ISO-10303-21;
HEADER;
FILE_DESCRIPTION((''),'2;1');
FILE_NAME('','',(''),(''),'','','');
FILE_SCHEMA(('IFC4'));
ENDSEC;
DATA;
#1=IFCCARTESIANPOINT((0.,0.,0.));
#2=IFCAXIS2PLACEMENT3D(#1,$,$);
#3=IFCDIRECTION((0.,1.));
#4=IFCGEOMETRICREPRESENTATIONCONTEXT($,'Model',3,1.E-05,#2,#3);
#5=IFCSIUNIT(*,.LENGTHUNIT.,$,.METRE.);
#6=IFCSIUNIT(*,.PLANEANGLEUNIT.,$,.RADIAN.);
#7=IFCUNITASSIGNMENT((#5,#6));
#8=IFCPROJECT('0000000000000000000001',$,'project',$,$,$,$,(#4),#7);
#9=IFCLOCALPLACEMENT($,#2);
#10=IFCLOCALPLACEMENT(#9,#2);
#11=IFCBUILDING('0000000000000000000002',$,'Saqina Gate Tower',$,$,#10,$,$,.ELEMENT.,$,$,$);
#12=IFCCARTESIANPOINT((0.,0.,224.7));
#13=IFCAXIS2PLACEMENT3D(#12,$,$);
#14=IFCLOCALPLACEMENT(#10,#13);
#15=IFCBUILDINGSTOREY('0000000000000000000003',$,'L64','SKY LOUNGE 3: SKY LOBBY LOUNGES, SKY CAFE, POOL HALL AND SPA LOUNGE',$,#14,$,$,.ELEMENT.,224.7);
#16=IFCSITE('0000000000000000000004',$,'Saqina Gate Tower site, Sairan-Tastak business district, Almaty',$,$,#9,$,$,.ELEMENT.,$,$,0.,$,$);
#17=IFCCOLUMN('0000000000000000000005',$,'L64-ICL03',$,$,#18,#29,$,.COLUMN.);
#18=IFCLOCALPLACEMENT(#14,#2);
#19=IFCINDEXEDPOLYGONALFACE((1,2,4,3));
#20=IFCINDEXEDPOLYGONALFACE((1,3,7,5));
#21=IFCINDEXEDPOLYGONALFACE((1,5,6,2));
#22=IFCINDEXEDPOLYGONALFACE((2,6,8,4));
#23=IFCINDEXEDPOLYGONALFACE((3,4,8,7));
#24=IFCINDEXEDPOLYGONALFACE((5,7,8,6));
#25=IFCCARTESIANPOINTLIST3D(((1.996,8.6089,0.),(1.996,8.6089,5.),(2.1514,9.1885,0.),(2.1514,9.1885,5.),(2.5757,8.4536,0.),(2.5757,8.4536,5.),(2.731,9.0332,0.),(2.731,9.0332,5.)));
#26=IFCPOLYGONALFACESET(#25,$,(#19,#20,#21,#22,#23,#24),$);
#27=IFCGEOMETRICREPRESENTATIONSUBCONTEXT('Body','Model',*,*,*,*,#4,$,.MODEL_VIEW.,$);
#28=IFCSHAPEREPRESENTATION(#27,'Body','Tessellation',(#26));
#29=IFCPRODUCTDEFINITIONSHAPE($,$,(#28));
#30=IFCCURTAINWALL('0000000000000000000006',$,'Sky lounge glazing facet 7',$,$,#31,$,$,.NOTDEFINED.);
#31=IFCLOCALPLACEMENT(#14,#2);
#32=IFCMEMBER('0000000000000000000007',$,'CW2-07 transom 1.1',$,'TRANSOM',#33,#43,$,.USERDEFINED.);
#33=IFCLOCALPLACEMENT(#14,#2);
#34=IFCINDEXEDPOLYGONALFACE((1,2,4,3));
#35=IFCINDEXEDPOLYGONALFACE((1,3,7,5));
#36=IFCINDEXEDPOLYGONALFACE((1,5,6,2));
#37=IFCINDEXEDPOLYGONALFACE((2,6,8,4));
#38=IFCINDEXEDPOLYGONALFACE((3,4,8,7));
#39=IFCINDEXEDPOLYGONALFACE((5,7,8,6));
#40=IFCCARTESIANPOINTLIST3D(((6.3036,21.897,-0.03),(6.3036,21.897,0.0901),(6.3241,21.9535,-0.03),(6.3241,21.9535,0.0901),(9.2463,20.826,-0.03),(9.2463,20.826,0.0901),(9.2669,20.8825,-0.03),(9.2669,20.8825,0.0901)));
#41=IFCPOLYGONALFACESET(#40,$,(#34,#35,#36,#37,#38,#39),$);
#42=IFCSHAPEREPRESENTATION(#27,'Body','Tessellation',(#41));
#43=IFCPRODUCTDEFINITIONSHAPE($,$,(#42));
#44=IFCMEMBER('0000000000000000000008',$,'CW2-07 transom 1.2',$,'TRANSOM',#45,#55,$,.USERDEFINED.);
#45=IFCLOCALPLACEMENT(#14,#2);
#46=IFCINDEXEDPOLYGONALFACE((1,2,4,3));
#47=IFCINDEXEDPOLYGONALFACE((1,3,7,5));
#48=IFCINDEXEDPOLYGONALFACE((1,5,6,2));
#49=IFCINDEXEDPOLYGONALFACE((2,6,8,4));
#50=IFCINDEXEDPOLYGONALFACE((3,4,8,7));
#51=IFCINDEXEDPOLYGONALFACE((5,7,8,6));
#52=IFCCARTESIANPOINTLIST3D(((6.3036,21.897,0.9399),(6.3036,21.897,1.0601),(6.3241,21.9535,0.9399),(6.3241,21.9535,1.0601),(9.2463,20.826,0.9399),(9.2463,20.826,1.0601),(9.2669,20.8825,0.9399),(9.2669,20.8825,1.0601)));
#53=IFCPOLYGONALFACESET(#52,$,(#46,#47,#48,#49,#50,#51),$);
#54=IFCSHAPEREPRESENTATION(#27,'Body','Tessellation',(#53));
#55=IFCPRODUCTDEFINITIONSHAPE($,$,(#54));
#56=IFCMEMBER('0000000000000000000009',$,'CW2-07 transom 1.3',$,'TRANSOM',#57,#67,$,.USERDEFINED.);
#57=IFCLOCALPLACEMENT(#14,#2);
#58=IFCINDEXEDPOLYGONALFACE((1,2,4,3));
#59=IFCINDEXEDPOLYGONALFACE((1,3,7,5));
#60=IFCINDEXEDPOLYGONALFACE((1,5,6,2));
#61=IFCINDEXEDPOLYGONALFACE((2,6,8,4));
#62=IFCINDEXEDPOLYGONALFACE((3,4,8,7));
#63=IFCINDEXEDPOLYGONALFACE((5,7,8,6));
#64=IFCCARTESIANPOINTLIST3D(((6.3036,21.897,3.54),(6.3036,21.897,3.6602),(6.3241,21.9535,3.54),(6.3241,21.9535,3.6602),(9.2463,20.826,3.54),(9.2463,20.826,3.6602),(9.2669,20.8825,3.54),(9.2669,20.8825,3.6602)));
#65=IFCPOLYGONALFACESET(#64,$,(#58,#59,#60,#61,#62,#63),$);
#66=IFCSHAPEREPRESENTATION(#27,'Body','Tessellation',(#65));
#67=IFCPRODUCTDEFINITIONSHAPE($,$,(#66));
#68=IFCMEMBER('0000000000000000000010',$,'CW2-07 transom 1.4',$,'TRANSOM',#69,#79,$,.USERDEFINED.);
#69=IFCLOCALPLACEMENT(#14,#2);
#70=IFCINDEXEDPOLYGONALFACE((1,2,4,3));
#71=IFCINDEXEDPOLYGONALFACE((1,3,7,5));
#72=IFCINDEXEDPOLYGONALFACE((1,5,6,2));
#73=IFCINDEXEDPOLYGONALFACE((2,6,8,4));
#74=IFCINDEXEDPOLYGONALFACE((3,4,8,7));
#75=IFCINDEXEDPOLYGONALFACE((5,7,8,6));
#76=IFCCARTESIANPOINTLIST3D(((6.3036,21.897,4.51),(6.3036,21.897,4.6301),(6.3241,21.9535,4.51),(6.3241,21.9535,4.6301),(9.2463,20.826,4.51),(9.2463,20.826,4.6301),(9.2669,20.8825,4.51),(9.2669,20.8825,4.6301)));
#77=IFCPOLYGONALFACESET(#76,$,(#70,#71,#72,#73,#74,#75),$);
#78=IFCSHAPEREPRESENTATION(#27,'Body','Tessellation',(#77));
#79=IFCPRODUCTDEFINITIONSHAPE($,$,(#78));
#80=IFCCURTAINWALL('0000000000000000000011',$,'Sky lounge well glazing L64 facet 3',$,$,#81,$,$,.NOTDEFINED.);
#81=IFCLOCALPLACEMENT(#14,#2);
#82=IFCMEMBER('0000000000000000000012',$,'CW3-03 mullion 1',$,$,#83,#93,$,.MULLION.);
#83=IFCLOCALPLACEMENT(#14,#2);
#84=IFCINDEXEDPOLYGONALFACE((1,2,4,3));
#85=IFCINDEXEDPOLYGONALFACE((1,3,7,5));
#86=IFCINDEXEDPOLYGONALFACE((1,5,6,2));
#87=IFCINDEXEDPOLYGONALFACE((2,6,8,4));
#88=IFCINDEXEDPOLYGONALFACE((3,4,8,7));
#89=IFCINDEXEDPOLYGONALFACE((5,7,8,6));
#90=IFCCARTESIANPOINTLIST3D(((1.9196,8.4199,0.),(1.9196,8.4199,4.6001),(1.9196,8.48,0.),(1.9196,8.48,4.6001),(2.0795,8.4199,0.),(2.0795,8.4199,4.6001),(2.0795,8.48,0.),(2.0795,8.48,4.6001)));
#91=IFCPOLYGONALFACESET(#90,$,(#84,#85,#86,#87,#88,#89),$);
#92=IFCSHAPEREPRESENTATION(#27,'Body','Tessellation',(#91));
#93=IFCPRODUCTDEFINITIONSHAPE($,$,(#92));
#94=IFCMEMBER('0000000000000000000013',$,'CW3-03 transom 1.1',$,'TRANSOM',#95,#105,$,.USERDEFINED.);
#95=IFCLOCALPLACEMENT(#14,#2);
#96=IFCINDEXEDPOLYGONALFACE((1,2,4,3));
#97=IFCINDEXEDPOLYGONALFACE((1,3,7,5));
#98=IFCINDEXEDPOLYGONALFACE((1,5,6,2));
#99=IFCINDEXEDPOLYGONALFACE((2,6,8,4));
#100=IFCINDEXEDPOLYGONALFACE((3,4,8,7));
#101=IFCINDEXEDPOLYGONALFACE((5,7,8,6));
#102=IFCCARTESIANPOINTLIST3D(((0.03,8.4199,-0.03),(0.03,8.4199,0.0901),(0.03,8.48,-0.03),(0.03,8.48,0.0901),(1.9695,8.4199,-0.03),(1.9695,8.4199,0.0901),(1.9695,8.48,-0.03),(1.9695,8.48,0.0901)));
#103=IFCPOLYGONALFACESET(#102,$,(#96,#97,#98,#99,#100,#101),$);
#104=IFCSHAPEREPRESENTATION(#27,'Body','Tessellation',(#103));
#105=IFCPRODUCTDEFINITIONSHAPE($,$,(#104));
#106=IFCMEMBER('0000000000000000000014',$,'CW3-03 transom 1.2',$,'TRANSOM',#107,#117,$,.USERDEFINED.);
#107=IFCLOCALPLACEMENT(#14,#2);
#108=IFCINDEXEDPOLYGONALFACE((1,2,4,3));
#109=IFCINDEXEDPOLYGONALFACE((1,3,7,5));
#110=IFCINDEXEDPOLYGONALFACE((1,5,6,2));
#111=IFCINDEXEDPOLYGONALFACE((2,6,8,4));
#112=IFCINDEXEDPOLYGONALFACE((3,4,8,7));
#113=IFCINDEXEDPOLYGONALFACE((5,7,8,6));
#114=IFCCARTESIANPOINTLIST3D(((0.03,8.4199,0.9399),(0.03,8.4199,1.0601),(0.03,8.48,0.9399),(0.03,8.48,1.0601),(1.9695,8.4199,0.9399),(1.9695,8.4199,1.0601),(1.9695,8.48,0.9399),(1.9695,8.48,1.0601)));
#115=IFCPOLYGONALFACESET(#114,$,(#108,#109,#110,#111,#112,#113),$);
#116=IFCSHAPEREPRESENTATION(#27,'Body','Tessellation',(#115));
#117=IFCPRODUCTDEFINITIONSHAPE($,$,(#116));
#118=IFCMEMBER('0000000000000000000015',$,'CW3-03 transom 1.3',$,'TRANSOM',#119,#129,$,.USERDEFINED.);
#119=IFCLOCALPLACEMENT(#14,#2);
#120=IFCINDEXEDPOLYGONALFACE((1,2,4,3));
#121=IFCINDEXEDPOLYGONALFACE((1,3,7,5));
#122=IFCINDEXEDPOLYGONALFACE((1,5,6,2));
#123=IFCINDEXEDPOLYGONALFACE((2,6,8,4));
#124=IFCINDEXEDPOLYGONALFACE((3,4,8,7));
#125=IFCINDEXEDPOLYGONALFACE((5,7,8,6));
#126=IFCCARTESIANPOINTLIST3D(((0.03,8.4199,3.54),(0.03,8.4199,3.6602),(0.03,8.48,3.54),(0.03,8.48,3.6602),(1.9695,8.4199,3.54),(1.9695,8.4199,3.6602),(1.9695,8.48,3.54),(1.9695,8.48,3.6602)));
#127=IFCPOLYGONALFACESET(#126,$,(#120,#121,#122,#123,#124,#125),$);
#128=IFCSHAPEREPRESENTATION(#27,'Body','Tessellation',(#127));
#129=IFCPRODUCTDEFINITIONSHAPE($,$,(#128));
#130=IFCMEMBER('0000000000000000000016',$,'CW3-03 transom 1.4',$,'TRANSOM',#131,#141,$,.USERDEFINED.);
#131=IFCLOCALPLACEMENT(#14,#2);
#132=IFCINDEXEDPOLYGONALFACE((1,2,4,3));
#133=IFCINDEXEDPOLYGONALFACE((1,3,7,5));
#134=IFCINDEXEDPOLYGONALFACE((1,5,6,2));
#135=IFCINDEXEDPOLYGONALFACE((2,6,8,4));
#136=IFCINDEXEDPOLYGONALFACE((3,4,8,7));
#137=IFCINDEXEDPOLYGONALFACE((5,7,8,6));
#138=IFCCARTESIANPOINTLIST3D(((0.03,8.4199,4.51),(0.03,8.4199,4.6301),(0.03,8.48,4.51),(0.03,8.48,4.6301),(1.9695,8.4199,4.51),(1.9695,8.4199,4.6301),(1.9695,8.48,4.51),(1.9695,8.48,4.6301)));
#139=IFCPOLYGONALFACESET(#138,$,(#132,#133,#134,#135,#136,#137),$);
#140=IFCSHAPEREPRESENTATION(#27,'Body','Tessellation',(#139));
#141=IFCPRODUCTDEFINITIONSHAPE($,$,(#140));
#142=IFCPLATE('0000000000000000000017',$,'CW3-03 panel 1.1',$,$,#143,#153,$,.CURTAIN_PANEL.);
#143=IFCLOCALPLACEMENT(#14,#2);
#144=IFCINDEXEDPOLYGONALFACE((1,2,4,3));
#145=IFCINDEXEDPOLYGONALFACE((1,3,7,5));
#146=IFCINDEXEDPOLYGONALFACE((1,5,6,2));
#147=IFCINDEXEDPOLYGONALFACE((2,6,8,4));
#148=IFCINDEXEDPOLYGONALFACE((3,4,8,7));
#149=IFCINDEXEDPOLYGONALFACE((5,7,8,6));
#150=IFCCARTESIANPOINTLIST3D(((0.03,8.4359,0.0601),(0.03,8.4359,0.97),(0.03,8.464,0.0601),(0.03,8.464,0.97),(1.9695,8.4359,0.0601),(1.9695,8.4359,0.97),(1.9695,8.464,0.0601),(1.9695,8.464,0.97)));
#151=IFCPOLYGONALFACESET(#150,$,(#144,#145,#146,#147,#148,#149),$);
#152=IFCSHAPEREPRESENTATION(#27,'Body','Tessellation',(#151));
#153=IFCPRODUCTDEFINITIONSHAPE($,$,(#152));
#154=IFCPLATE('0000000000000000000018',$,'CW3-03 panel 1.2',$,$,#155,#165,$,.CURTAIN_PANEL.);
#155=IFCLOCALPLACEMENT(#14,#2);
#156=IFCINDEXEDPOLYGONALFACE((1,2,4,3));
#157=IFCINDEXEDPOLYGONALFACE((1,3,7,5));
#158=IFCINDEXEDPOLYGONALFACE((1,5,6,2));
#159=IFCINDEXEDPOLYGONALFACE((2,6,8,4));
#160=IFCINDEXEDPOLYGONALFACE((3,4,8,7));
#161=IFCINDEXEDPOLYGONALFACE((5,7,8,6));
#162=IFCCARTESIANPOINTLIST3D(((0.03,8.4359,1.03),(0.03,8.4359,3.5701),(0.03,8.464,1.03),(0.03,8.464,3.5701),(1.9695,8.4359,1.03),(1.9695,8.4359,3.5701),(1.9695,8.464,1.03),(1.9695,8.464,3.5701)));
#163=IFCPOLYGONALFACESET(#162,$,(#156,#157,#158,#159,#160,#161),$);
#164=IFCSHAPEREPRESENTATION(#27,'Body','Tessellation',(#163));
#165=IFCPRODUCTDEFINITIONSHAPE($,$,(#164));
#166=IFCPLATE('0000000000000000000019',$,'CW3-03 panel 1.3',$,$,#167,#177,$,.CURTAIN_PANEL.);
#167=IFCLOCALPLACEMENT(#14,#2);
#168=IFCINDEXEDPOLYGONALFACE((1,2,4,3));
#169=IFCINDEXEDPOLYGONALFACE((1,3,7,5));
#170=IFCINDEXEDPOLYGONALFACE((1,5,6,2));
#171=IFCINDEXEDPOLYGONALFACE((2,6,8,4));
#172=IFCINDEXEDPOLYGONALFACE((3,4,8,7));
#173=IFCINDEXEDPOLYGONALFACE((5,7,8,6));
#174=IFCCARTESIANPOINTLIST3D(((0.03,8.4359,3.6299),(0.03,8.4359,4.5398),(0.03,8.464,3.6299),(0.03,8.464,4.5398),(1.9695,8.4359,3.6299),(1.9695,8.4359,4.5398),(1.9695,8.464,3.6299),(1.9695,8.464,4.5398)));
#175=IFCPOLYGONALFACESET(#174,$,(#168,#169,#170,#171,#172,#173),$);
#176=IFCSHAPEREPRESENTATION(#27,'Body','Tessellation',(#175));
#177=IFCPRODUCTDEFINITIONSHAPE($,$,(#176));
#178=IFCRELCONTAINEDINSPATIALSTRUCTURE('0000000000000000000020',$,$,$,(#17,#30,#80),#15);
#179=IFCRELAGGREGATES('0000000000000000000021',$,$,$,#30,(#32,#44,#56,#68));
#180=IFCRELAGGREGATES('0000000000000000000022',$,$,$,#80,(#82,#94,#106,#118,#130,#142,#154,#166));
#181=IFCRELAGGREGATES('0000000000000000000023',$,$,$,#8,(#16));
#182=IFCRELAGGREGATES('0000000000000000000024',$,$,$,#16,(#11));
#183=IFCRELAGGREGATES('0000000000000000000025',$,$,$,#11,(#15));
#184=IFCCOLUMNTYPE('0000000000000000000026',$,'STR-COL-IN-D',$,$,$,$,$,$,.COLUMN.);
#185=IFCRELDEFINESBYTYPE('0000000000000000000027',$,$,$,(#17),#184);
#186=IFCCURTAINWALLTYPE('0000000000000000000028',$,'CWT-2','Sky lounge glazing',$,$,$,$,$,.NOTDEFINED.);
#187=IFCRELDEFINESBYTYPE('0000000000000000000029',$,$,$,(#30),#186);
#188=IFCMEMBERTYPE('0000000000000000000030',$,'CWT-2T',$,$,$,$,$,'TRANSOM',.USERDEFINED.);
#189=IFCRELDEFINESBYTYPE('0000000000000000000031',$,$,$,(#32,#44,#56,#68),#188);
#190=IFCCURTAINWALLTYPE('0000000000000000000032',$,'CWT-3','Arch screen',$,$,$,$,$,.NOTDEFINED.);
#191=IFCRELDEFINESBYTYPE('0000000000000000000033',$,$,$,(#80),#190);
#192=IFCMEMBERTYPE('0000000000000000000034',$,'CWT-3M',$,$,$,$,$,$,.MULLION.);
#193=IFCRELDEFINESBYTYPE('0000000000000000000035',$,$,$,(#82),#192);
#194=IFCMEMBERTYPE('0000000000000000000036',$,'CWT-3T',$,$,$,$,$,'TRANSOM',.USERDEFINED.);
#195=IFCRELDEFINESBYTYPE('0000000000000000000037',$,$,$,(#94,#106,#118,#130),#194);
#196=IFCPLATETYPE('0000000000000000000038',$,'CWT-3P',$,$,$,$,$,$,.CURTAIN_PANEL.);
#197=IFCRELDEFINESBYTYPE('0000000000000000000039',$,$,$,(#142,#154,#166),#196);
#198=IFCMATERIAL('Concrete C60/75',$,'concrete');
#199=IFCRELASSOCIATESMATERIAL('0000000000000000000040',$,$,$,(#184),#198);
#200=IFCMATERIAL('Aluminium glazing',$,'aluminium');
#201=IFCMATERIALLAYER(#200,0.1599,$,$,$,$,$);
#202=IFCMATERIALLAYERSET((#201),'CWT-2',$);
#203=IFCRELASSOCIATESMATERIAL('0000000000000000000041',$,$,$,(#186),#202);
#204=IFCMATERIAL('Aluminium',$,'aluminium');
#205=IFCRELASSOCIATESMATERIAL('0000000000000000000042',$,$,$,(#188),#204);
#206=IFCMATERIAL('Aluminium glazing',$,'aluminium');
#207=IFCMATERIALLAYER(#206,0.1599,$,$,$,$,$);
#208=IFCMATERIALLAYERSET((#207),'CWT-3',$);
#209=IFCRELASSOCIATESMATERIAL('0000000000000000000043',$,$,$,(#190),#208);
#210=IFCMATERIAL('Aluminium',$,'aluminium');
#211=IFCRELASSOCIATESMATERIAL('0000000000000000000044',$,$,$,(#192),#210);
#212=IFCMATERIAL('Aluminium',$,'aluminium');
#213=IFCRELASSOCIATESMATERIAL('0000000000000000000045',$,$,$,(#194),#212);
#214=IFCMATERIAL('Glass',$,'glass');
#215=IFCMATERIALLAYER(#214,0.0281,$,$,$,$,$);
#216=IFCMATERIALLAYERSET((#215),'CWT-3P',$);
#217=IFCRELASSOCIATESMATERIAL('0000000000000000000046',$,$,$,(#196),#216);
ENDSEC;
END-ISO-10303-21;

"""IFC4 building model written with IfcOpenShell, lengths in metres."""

from ifc_helpers import new_model, si_unit, direction, frame, origin, origin_2d, place, context, subcontext, project, spatial, rectangle, extrude, material, layer, layer_set, material_profile, profile_set, type_object, element, aggregate, save


model = new_model("IFC4")

# Units and contexts
model_context = context("Model", 3, precision=1e-05, world=origin(), true_north=direction((0.0, 1.0)))
body_context = subcontext(model_context, "Body", "Model", "MODEL_VIEW")
ifc_project = project(units=[si_unit("LENGTHUNIT", "METRE"), si_unit("PLANEANGLEUNIT", "RADIAN")], contexts=[model_context])

# Site, building, storey
site_placement = place(None, origin())
site = spatial("IfcSite", under=ifc_project, at=site_placement, Name="Saqina Gate Tower site, Sairan-Tastak business district, Almaty", CompositionType="ELEMENT", RefElevation=0.0)
building_placement = place(site_placement, origin())
building = spatial("IfcBuilding", under=site, at=building_placement, Name="Saqina Gate Tower", CompositionType="ELEMENT")
storey_placement = place(building_placement, frame((0.0, 0.0, 224.7)))
storey = spatial("IfcBuildingStorey", under=building, at=storey_placement, Name="L64", Description="SKY LOUNGE 3: SKY LOBBY LOUNGES, SKY CAFE, POOL HALL AND SPA LOUNGE", CompositionType="ELEMENT", Elevation=224.7)

# Column
ifc_material_1 = material(Name="Concrete C60/75", Category="concrete")
ifc_material_profile_1 = material_profile(ifc_material_1, rectangle(XDim=0.6001, YDim=0.6001, at=origin_2d()), Name="RC 600x600")
ifc_profile_set_1 = profile_set([ifc_material_profile_1], Name="Concrete C60/75")
column_type = type_object("IfcColumnType", Name="STR-COL-IN-D", PredefinedType="COLUMN", material=ifc_profile_set_1)
column_placement = place(storey_placement, frame((2.3635, 8.821, 0.0), z_axis=(0.0, 0.0, 1.0), x_axis=(0.258819, 0.965926, 0.0)))
element("IfcColumn", 1, at=column_placement, inside=storey, type_object=column_type, Name="L64-ICL03", PredefinedType="COLUMN", context=body_context, shape_type="SweptSolid", body=[
    extrude(rectangle(XDim=0.6001, YDim=0.6001, at=origin_2d()), origin(), (0.0, 0.0, 1.0), 5.0),
])

# Curtain wall, members
ifc_material_2 = material(Name="Aluminium glazing", Category="aluminium")
ifc_layer_1 = layer(ifc_material_2, 0.1599)
ifc_layer_set_1 = layer_set([ifc_layer_1], Name="CWT-2")
curtain_wall_type_1 = type_object("IfcCurtainWallType", Name="CWT-2", Description="Sky lounge glazing", PredefinedType="NOTDEFINED", material=ifc_layer_set_1)
curtain_wall_1_placement = place(storey_placement, origin())
curtain_wall_1 = element("IfcCurtainWall", 2, at=curtain_wall_1_placement, inside=storey, type_object=curtain_wall_type_1, Name="Sky lounge glazing facet 7", PredefinedType="NOTDEFINED")
ifc_material_3 = material(Name="Aluminium", Category="aluminium")
ifc_material_profile_2 = material_profile(ifc_material_3, rectangle(XDim=0.0601, YDim=0.1201, at=origin_2d()), Name="Aluminium 60x120")
ifc_profile_set_2 = profile_set([ifc_material_profile_2], Name="Aluminium")
member_type_1 = type_object("IfcMemberType", Name="CWT-2T", ElementType="TRANSOM", PredefinedType="USERDEFINED", material=ifc_profile_set_2)
member_1_placement = place(storey_placement, frame((9.2566, 20.8542, 0.03), z_axis=(-0.9397, 0.342, 0.0), x_axis=(-0.342, -0.9397, 0.0)))
member_1 = element("IfcMember", 3, at=member_1_placement, type_object=member_type_1, Name="CW2-07 transom 1.1", ObjectType="TRANSOM", PredefinedType="USERDEFINED", context=body_context, shape_type="SweptSolid", body=[
    extrude(rectangle(XDim=0.0601, YDim=0.1201, at=origin_2d()), origin(), (0.0, 0.0, 1.0), 3.1316),
])
member_2_placement = place(storey_placement, frame((9.2566, 20.8542, 1.0), z_axis=(-0.9397, 0.342, 0.0), x_axis=(-0.342, -0.9397, 0.0)))
member_2 = element("IfcMember", 4, at=member_2_placement, type_object=member_type_1, Name="CW2-07 transom 1.2", ObjectType="TRANSOM", PredefinedType="USERDEFINED", context=body_context, shape_type="SweptSolid", body=[
    extrude(rectangle(XDim=0.0601, YDim=0.1201, at=origin_2d()), origin(), (0.0, 0.0, 1.0), 3.1316),
])
member_3_placement = place(storey_placement, frame((9.2566, 20.8542, 3.6001), z_axis=(-0.9397, 0.342, 0.0), x_axis=(-0.342, -0.9397, 0.0)))
member_3 = element("IfcMember", 5, at=member_3_placement, type_object=member_type_1, Name="CW2-07 transom 1.3", ObjectType="TRANSOM", PredefinedType="USERDEFINED", context=body_context, shape_type="SweptSolid", body=[
    extrude(rectangle(XDim=0.0601, YDim=0.1201, at=origin_2d()), origin(), (0.0, 0.0, 1.0), 3.1316),
])
member_4_placement = place(storey_placement, frame((9.2566, 20.8542, 4.5701), z_axis=(-0.9397, 0.342, 0.0), x_axis=(-0.342, -0.9397, 0.0)))
member_4 = element("IfcMember", 6, at=member_4_placement, type_object=member_type_1, Name="CW2-07 transom 1.4", ObjectType="TRANSOM", PredefinedType="USERDEFINED", context=body_context, shape_type="SweptSolid", body=[
    extrude(rectangle(XDim=0.0601, YDim=0.1201, at=origin_2d()), origin(), (0.0, 0.0, 1.0), 3.1316),
])
aggregate(curtain_wall_1, [member_1, member_2, member_3, member_4])

# Curtain wall, members, plates
ifc_material_4 = material(Name="Aluminium glazing", Category="aluminium")
ifc_layer_2 = layer(ifc_material_4, 0.1599)
ifc_layer_set_2 = layer_set([ifc_layer_2], Name="CWT-3")
curtain_wall_type_2 = type_object("IfcCurtainWallType", Name="CWT-3", Description="Arch screen", PredefinedType="NOTDEFINED", material=ifc_layer_set_2)
curtain_wall_2_placement = place(storey_placement, origin())
curtain_wall_2 = element("IfcCurtainWall", 7, at=curtain_wall_2_placement, inside=storey, type_object=curtain_wall_type_2, Name="Sky lounge well glazing L64 facet 3", PredefinedType="NOTDEFINED")
ifc_material_5 = material(Name="Aluminium", Category="aluminium")
ifc_material_profile_3 = material_profile(ifc_material_5, rectangle(XDim=0.0601, YDim=0.1599, at=origin_2d()), Name="Aluminium 60x160")
ifc_profile_set_3 = profile_set([ifc_material_profile_3], Name="Aluminium")
member_type_2 = type_object("IfcMemberType", Name="CWT-3M", PredefinedType="MULLION", material=ifc_profile_set_3)
member_5_placement = place(storey_placement, frame((1.9995, 8.45, 0.0), z_axis=(0.0, 0.0, 1.0), x_axis=(0.0, -1.0, 0.0)))
member_5 = element("IfcMember", 8, at=member_5_placement, type_object=member_type_2, Name="CW3-03 mullion 1", PredefinedType="MULLION", context=body_context, shape_type="SweptSolid", body=[
    extrude(rectangle(XDim=0.0601, YDim=0.1599, at=origin_2d()), origin(), (0.0, 0.0, 1.0), 4.6001),
])
ifc_material_6 = material(Name="Aluminium", Category="aluminium")
ifc_material_profile_4 = material_profile(ifc_material_6, rectangle(XDim=0.0601, YDim=0.1201, at=origin_2d()), Name="Aluminium 60x120")
ifc_profile_set_4 = profile_set([ifc_material_profile_4], Name="Aluminium")
member_type_3 = type_object("IfcMemberType", Name="CWT-3T", ElementType="TRANSOM", PredefinedType="USERDEFINED", material=ifc_profile_set_4)
member_6_placement = place(storey_placement, frame((1.9695, 8.45, 0.03), z_axis=(-1.0, 0.0, 0.0), x_axis=(0.0, -1.0, 0.0)))
member_6 = element("IfcMember", 9, at=member_6_placement, type_object=member_type_3, Name="CW3-03 transom 1.1", ObjectType="TRANSOM", PredefinedType="USERDEFINED", context=body_context, shape_type="SweptSolid", body=[
    extrude(rectangle(XDim=0.0601, YDim=0.1201, at=origin_2d()), origin(), (0.0, 0.0, 1.0), 1.9395),
])
member_7_placement = place(storey_placement, frame((1.9695, 8.45, 1.0), z_axis=(-1.0, 0.0, 0.0), x_axis=(0.0, -1.0, 0.0)))
member_7 = element("IfcMember", 10, at=member_7_placement, type_object=member_type_3, Name="CW3-03 transom 1.2", ObjectType="TRANSOM", PredefinedType="USERDEFINED", context=body_context, shape_type="SweptSolid", body=[
    extrude(rectangle(XDim=0.0601, YDim=0.1201, at=origin_2d()), origin(), (0.0, 0.0, 1.0), 1.9395),
])
member_8_placement = place(storey_placement, frame((1.9695, 8.45, 3.6001), z_axis=(-1.0, 0.0, 0.0), x_axis=(0.0, -1.0, 0.0)))
member_8 = element("IfcMember", 11, at=member_8_placement, type_object=member_type_3, Name="CW3-03 transom 1.3", ObjectType="TRANSOM", PredefinedType="USERDEFINED", context=body_context, shape_type="SweptSolid", body=[
    extrude(rectangle(XDim=0.0601, YDim=0.1201, at=origin_2d()), origin(), (0.0, 0.0, 1.0), 1.9395),
])
member_9_placement = place(storey_placement, frame((1.9695, 8.45, 4.5701), z_axis=(-1.0, 0.0, 0.0), x_axis=(0.0, -1.0, 0.0)))
member_9 = element("IfcMember", 12, at=member_9_placement, type_object=member_type_3, Name="CW3-03 transom 1.4", ObjectType="TRANSOM", PredefinedType="USERDEFINED", context=body_context, shape_type="SweptSolid", body=[
    extrude(rectangle(XDim=0.0601, YDim=0.1201, at=origin_2d()), origin(), (0.0, 0.0, 1.0), 1.9395),
])
ifc_material_7 = material(Name="Glass", Category="glass")
ifc_layer_3 = layer(ifc_material_7, 0.0281)
ifc_layer_set_3 = layer_set([ifc_layer_3], Name="CWT-3P")
plate_type = type_object("IfcPlateType", Name="CWT-3P", PredefinedType="CURTAIN_PANEL", material=ifc_layer_set_3)
plate_1_placement = place(storey_placement, frame((0.9998, 8.45, 0.0601), z_axis=(0.0, 0.0, 1.0), x_axis=(-1.0, 0.0, 0.0)))
plate_1 = element("IfcPlate", 13, at=plate_1_placement, type_object=plate_type, Name="CW3-03 panel 1.1", PredefinedType="CURTAIN_PANEL", context=body_context, shape_type="SweptSolid", body=[
    extrude(rectangle(XDim=1.9395, YDim=0.0281, at=origin_2d()), origin(), (0.0, 0.0, 1.0), 0.9099),
])
plate_2_placement = place(storey_placement, frame((0.9998, 8.45, 1.03), z_axis=(0.0, 0.0, 1.0), x_axis=(-1.0, 0.0, 0.0)))
plate_2 = element("IfcPlate", 14, at=plate_2_placement, type_object=plate_type, Name="CW3-03 panel 1.2", PredefinedType="CURTAIN_PANEL", context=body_context, shape_type="SweptSolid", body=[
    extrude(rectangle(XDim=1.9395, YDim=0.0281, at=origin_2d()), origin(), (0.0, 0.0, 1.0), 2.54),
])
plate_3_placement = place(storey_placement, frame((0.9998, 8.45, 3.6299), z_axis=(0.0, 0.0, 1.0), x_axis=(-1.0, 0.0, 0.0)))
plate_3 = element("IfcPlate", 15, at=plate_3_placement, type_object=plate_type, Name="CW3-03 panel 1.3", PredefinedType="CURTAIN_PANEL", context=body_context, shape_type="SweptSolid", body=[
    extrude(rectangle(XDim=1.9395, YDim=0.0281, at=origin_2d()), origin(), (0.0, 0.0, 1.0), 0.9099),
])
aggregate(curtain_wall_2, [member_5, member_6, member_7, member_8, member_9, plate_1, plate_2, plate_3])

save(model, "model.ifc")
